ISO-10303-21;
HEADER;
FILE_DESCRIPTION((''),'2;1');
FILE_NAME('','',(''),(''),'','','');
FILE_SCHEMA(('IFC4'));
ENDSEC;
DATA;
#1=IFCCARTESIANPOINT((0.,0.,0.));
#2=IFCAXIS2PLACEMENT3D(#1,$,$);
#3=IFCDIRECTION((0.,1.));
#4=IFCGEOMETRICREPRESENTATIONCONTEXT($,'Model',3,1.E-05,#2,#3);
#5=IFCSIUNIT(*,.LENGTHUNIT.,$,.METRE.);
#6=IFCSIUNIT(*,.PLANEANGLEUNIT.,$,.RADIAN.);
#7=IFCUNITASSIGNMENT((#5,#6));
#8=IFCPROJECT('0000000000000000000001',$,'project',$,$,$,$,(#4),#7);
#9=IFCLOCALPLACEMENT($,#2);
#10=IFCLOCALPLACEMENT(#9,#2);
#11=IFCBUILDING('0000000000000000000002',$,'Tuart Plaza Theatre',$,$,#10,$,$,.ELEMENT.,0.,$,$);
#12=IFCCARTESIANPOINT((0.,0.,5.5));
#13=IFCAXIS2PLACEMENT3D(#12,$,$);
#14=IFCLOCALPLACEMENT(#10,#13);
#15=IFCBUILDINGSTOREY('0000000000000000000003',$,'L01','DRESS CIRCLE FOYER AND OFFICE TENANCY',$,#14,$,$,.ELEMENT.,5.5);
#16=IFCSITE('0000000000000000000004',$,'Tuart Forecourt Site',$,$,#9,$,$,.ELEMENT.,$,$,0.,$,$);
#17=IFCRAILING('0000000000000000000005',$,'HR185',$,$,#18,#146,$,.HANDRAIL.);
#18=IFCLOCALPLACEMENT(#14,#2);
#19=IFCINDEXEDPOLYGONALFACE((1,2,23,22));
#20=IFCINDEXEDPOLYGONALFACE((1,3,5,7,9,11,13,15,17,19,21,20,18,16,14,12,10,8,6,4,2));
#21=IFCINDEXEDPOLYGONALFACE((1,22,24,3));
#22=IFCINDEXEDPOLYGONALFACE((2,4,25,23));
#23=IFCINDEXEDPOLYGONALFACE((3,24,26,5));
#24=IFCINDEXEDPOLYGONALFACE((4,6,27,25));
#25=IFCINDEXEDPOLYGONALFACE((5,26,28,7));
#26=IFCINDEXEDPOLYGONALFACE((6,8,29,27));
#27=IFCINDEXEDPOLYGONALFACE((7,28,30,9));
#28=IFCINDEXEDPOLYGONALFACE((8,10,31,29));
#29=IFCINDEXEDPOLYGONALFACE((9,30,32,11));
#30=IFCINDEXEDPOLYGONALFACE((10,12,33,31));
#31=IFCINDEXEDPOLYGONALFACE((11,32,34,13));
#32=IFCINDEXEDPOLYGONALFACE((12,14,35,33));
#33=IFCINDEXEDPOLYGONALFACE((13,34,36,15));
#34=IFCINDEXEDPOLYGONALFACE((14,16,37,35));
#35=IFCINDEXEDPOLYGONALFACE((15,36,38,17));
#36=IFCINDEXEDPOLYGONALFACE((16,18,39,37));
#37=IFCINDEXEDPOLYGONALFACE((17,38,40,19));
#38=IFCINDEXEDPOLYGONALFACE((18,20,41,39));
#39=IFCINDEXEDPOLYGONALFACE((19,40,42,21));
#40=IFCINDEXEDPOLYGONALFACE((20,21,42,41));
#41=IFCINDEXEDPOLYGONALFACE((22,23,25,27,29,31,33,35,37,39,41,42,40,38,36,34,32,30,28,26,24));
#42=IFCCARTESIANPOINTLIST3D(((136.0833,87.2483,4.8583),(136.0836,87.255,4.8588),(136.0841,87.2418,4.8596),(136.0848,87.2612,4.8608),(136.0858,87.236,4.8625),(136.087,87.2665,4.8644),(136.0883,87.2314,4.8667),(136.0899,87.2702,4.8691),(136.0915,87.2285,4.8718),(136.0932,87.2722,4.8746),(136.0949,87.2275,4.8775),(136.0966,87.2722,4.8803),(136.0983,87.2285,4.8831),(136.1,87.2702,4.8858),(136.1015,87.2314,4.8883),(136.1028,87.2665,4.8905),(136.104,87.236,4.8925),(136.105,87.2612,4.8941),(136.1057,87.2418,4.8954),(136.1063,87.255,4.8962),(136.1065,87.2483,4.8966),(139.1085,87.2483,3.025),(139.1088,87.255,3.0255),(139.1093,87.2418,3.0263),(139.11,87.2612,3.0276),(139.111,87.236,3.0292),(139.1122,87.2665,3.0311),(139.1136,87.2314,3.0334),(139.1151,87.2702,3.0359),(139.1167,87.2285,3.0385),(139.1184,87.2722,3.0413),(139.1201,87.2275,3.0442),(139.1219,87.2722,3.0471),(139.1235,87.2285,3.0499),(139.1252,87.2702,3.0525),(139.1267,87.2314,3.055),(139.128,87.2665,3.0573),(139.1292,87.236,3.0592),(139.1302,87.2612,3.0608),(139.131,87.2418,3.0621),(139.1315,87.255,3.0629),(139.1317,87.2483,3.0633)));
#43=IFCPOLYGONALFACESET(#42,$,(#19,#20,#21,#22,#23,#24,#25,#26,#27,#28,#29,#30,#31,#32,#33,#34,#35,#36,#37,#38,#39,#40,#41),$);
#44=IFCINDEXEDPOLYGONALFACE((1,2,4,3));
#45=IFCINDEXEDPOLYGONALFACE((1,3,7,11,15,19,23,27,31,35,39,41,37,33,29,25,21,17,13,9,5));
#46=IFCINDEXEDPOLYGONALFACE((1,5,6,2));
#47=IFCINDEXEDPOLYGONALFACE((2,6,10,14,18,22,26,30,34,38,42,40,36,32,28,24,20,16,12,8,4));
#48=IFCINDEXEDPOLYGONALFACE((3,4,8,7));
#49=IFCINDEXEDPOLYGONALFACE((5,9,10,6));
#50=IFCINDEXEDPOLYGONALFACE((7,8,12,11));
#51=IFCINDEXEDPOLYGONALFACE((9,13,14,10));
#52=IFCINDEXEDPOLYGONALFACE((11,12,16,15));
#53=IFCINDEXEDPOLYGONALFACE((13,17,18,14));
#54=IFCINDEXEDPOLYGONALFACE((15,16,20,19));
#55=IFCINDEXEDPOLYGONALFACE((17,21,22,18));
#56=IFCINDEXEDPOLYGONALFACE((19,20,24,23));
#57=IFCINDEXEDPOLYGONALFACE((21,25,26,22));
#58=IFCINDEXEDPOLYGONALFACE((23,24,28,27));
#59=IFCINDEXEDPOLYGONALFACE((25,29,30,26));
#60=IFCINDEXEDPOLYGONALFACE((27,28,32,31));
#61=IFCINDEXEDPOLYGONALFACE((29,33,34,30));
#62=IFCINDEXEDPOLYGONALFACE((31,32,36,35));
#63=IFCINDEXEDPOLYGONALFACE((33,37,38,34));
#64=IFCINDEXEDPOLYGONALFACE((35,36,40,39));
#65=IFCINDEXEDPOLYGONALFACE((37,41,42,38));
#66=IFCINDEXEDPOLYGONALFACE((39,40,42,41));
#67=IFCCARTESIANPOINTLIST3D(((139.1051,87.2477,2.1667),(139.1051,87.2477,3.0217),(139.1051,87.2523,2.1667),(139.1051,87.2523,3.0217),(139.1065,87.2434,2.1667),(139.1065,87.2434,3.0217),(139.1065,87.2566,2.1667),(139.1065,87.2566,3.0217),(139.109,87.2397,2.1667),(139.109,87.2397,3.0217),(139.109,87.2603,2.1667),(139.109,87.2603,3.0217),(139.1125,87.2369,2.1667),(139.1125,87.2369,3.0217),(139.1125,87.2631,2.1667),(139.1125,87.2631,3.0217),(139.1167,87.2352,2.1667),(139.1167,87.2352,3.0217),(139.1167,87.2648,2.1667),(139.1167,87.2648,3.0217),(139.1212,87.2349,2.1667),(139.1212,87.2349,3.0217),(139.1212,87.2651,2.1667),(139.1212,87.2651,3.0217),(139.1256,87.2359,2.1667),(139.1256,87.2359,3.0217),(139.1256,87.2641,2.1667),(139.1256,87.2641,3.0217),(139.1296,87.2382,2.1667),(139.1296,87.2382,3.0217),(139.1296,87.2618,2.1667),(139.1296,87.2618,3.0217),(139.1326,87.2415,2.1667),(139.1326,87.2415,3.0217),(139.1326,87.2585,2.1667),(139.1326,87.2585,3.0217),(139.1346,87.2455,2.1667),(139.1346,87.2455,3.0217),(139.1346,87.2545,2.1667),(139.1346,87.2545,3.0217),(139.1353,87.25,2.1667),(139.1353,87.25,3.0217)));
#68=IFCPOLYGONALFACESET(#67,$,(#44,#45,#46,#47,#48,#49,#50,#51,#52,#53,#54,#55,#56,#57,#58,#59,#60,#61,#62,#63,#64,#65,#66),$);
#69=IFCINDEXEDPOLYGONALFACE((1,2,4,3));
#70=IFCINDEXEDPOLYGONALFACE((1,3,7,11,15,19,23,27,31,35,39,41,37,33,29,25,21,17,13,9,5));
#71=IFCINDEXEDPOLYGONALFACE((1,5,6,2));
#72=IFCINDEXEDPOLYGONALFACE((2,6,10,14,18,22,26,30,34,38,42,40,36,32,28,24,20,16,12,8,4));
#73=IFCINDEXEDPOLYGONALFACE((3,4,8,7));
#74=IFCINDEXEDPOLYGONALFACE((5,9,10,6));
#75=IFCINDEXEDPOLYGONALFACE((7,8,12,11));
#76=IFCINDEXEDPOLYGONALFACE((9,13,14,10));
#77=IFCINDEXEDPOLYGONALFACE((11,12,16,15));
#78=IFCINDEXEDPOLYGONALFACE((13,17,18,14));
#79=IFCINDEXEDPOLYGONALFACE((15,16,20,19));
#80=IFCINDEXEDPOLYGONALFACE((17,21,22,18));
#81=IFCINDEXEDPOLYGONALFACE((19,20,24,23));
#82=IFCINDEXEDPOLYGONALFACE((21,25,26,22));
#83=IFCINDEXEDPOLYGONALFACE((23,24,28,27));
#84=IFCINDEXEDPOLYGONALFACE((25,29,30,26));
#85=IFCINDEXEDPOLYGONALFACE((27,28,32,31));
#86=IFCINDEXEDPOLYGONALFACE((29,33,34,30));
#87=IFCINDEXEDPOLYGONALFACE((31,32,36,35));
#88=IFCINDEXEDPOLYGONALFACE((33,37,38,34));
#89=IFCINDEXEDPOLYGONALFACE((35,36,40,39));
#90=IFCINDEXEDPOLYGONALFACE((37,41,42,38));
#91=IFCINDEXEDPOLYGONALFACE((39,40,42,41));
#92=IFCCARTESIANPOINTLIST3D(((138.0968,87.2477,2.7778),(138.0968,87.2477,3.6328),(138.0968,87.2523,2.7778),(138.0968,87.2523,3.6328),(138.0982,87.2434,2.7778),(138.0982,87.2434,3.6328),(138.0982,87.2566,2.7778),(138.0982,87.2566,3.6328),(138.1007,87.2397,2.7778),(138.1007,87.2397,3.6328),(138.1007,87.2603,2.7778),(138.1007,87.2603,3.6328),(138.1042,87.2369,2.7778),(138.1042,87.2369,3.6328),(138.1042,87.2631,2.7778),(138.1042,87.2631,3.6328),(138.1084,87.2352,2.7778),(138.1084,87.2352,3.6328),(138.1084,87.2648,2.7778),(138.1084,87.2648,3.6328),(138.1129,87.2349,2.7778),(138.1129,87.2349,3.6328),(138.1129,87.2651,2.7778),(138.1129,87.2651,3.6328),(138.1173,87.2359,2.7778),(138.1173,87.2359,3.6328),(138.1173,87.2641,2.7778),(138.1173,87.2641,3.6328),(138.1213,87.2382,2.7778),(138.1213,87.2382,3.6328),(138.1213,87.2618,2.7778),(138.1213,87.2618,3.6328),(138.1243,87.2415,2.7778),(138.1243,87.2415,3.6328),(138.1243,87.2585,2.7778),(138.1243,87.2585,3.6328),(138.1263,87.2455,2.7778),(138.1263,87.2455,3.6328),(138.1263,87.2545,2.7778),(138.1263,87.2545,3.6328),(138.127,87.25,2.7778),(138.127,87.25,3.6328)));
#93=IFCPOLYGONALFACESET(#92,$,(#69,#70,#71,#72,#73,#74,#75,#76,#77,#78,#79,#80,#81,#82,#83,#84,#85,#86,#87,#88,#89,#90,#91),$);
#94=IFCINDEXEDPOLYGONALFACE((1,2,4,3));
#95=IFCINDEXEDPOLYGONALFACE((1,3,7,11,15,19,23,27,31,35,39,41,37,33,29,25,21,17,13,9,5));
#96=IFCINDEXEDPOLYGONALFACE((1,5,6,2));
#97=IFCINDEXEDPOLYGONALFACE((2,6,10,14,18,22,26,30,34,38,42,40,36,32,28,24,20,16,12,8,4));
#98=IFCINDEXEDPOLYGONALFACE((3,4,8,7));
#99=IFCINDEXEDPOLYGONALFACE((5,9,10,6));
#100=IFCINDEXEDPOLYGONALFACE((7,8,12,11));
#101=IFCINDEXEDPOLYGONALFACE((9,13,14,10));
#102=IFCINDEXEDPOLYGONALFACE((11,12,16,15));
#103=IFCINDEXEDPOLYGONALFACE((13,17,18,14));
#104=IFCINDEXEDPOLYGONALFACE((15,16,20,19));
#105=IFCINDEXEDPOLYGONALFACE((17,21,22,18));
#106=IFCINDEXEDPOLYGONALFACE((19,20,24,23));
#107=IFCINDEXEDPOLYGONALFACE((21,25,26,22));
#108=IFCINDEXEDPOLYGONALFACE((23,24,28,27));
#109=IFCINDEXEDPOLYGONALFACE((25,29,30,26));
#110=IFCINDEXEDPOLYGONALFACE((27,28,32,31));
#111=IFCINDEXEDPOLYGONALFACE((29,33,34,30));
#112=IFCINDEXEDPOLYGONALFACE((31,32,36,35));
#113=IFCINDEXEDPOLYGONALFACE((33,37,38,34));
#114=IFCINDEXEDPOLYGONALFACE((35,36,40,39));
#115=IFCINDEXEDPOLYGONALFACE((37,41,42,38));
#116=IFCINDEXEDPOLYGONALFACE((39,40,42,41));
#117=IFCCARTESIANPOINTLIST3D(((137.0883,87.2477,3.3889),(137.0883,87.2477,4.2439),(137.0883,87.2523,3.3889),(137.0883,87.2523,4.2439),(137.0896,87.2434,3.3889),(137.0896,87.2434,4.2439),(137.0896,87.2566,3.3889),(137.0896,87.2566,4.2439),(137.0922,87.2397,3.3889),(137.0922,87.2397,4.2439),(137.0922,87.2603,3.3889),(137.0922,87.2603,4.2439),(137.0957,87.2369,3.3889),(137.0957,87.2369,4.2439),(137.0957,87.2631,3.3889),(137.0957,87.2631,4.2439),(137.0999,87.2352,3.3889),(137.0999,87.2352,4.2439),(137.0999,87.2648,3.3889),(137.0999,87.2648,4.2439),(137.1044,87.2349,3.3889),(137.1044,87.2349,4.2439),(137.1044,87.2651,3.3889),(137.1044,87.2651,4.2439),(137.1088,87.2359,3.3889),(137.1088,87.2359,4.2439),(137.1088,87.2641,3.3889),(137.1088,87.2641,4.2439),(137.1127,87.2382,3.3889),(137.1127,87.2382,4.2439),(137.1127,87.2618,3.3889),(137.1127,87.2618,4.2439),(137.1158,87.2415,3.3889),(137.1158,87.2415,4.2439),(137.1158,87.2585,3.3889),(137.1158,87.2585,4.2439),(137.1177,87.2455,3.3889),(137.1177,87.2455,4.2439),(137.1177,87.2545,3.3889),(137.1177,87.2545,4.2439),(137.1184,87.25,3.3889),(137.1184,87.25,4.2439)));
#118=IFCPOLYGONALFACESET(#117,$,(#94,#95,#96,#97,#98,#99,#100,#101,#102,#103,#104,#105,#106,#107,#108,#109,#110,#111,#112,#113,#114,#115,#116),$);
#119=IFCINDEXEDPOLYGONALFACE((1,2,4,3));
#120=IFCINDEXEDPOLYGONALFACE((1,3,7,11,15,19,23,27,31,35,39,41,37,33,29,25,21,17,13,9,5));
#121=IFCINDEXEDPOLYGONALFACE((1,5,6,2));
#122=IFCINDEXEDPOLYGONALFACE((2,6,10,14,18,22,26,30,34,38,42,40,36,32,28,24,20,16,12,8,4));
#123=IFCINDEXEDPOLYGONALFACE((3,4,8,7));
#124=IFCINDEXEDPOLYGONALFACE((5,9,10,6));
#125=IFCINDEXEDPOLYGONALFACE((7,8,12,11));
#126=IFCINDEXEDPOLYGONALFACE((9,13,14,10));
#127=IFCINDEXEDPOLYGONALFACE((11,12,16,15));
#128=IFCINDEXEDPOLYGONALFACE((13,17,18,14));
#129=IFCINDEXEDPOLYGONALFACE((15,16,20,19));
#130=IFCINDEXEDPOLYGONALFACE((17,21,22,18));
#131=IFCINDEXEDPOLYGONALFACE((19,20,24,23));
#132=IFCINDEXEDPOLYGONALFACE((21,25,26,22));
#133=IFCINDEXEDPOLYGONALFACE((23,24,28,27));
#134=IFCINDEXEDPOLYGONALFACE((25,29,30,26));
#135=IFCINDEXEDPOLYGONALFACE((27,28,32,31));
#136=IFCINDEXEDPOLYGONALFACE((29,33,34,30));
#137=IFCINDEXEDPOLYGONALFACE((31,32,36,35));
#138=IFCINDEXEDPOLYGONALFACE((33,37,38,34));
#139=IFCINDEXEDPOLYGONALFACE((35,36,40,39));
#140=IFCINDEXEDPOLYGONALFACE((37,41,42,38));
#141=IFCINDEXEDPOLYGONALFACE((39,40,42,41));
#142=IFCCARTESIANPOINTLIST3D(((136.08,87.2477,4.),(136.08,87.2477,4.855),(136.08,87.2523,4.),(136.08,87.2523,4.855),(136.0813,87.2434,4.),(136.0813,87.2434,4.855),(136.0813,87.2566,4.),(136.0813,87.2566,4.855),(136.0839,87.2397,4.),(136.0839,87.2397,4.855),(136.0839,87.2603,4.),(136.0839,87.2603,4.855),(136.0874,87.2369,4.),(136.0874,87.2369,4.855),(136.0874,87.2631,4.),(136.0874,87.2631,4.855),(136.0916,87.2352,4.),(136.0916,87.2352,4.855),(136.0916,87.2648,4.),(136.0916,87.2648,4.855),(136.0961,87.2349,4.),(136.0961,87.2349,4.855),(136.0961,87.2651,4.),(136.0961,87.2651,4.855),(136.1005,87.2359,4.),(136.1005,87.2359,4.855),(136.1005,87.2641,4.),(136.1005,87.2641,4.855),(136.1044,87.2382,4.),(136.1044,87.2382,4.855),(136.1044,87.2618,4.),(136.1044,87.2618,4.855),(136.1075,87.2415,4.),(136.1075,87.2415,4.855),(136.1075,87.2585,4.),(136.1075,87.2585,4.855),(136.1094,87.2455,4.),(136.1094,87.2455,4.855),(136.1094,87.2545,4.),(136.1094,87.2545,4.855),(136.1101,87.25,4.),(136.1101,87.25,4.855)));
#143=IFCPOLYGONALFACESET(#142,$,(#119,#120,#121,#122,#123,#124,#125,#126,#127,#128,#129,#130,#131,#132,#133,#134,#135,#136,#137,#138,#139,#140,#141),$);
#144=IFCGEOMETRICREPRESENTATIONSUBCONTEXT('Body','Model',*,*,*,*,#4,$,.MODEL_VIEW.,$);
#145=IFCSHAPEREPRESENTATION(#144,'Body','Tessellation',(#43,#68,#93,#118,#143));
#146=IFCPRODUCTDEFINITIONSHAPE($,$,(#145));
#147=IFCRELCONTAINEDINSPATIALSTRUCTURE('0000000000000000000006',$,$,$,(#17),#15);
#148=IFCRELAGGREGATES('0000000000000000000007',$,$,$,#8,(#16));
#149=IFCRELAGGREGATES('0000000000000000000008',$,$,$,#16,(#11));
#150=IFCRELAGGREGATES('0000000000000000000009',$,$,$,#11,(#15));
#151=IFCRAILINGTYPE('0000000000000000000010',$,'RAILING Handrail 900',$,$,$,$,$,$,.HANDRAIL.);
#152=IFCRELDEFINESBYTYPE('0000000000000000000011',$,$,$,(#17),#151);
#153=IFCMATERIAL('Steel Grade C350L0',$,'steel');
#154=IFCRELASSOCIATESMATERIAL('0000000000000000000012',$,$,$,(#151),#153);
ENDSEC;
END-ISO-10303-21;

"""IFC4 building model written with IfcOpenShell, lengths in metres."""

from ifc_helpers import new_model, si_unit, direction, frame, origin, origin_2d, place, context, subcontext, project, spatial, circle, extrude, material, type_object, element, save


model = new_model("IFC4")

# Units and contexts
model_context = context("Model", 3, precision=1e-05, world=origin(), true_north=direction((0.0, 1.0)))
body_context = subcontext(model_context, "Body", "Model", "MODEL_VIEW")
ifc_project = project(units=[si_unit("LENGTHUNIT", "METRE"), si_unit("PLANEANGLEUNIT", "RADIAN")], contexts=[model_context])

# Site, building, storey
site_placement = place(None, origin())
site = spatial("IfcSite", under=ifc_project, at=site_placement, Name="Tuart Forecourt Site", CompositionType="ELEMENT", RefElevation=0.0)
building_placement = place(site_placement, origin())
building = spatial("IfcBuilding", under=site, at=building_placement, Name="Tuart Plaza Theatre", CompositionType="ELEMENT", ElevationOfRefHeight=0.0)
storey_placement = place(building_placement, frame((0.0, 0.0, 5.5)))
storey = spatial("IfcBuildingStorey", under=building, at=storey_placement, Name="L01", Description="DRESS CIRCLE FOYER AND OFFICE TENANCY", CompositionType="ELEMENT", Elevation=5.5)

# Railing
ifc_material_1 = material(Name="Steel Grade C350L0", Category="steel")
railing_type_1 = type_object("IfcRailingType", Name="RAILING Handrail 900", PredefinedType="HANDRAIL", material=ifc_material_1)
for number, where, name in (
    (1, (139.1201, 87.25, 2.1667), "HR185"),
):
    element("IfcRailing", number, at=place(storey_placement, frame(where)), inside=storey, type_object=railing_type_1, Name=name, PredefinedType="HANDRAIL", context=body_context, shape_type="SweptSolid", body=[
        extrude(circle(Radius=0.0225, at=origin_2d()), frame((0.0, 0.0, 0.8774), z_axis=(-0.855219, 0.0, 0.518267), x_axis=(0.0, -1.0, 0.0)), (0.0, 0.0, 1.0), 3.5374),
        extrude(circle(Radius=0.0151, at=origin_2d()), origin(), (0.0, 0.0, 1.0), 0.855),
        extrude(circle(Radius=0.0151, at=origin_2d()), frame((-1.0083, 0.0, 0.6111)), (0.0, 0.0, 1.0), 0.855),
        extrude(circle(Radius=0.0151, at=origin_2d()), frame((-2.0168, 0.0, 1.2222)), (0.0, 0.0, 1.0), 0.855),
        extrude(circle(Radius=0.0151, at=origin_2d()), frame((-3.0251, 0.0, 1.8333)), (0.0, 0.0, 1.0), 0.855),
    ])

save(model, "model.ifc")
